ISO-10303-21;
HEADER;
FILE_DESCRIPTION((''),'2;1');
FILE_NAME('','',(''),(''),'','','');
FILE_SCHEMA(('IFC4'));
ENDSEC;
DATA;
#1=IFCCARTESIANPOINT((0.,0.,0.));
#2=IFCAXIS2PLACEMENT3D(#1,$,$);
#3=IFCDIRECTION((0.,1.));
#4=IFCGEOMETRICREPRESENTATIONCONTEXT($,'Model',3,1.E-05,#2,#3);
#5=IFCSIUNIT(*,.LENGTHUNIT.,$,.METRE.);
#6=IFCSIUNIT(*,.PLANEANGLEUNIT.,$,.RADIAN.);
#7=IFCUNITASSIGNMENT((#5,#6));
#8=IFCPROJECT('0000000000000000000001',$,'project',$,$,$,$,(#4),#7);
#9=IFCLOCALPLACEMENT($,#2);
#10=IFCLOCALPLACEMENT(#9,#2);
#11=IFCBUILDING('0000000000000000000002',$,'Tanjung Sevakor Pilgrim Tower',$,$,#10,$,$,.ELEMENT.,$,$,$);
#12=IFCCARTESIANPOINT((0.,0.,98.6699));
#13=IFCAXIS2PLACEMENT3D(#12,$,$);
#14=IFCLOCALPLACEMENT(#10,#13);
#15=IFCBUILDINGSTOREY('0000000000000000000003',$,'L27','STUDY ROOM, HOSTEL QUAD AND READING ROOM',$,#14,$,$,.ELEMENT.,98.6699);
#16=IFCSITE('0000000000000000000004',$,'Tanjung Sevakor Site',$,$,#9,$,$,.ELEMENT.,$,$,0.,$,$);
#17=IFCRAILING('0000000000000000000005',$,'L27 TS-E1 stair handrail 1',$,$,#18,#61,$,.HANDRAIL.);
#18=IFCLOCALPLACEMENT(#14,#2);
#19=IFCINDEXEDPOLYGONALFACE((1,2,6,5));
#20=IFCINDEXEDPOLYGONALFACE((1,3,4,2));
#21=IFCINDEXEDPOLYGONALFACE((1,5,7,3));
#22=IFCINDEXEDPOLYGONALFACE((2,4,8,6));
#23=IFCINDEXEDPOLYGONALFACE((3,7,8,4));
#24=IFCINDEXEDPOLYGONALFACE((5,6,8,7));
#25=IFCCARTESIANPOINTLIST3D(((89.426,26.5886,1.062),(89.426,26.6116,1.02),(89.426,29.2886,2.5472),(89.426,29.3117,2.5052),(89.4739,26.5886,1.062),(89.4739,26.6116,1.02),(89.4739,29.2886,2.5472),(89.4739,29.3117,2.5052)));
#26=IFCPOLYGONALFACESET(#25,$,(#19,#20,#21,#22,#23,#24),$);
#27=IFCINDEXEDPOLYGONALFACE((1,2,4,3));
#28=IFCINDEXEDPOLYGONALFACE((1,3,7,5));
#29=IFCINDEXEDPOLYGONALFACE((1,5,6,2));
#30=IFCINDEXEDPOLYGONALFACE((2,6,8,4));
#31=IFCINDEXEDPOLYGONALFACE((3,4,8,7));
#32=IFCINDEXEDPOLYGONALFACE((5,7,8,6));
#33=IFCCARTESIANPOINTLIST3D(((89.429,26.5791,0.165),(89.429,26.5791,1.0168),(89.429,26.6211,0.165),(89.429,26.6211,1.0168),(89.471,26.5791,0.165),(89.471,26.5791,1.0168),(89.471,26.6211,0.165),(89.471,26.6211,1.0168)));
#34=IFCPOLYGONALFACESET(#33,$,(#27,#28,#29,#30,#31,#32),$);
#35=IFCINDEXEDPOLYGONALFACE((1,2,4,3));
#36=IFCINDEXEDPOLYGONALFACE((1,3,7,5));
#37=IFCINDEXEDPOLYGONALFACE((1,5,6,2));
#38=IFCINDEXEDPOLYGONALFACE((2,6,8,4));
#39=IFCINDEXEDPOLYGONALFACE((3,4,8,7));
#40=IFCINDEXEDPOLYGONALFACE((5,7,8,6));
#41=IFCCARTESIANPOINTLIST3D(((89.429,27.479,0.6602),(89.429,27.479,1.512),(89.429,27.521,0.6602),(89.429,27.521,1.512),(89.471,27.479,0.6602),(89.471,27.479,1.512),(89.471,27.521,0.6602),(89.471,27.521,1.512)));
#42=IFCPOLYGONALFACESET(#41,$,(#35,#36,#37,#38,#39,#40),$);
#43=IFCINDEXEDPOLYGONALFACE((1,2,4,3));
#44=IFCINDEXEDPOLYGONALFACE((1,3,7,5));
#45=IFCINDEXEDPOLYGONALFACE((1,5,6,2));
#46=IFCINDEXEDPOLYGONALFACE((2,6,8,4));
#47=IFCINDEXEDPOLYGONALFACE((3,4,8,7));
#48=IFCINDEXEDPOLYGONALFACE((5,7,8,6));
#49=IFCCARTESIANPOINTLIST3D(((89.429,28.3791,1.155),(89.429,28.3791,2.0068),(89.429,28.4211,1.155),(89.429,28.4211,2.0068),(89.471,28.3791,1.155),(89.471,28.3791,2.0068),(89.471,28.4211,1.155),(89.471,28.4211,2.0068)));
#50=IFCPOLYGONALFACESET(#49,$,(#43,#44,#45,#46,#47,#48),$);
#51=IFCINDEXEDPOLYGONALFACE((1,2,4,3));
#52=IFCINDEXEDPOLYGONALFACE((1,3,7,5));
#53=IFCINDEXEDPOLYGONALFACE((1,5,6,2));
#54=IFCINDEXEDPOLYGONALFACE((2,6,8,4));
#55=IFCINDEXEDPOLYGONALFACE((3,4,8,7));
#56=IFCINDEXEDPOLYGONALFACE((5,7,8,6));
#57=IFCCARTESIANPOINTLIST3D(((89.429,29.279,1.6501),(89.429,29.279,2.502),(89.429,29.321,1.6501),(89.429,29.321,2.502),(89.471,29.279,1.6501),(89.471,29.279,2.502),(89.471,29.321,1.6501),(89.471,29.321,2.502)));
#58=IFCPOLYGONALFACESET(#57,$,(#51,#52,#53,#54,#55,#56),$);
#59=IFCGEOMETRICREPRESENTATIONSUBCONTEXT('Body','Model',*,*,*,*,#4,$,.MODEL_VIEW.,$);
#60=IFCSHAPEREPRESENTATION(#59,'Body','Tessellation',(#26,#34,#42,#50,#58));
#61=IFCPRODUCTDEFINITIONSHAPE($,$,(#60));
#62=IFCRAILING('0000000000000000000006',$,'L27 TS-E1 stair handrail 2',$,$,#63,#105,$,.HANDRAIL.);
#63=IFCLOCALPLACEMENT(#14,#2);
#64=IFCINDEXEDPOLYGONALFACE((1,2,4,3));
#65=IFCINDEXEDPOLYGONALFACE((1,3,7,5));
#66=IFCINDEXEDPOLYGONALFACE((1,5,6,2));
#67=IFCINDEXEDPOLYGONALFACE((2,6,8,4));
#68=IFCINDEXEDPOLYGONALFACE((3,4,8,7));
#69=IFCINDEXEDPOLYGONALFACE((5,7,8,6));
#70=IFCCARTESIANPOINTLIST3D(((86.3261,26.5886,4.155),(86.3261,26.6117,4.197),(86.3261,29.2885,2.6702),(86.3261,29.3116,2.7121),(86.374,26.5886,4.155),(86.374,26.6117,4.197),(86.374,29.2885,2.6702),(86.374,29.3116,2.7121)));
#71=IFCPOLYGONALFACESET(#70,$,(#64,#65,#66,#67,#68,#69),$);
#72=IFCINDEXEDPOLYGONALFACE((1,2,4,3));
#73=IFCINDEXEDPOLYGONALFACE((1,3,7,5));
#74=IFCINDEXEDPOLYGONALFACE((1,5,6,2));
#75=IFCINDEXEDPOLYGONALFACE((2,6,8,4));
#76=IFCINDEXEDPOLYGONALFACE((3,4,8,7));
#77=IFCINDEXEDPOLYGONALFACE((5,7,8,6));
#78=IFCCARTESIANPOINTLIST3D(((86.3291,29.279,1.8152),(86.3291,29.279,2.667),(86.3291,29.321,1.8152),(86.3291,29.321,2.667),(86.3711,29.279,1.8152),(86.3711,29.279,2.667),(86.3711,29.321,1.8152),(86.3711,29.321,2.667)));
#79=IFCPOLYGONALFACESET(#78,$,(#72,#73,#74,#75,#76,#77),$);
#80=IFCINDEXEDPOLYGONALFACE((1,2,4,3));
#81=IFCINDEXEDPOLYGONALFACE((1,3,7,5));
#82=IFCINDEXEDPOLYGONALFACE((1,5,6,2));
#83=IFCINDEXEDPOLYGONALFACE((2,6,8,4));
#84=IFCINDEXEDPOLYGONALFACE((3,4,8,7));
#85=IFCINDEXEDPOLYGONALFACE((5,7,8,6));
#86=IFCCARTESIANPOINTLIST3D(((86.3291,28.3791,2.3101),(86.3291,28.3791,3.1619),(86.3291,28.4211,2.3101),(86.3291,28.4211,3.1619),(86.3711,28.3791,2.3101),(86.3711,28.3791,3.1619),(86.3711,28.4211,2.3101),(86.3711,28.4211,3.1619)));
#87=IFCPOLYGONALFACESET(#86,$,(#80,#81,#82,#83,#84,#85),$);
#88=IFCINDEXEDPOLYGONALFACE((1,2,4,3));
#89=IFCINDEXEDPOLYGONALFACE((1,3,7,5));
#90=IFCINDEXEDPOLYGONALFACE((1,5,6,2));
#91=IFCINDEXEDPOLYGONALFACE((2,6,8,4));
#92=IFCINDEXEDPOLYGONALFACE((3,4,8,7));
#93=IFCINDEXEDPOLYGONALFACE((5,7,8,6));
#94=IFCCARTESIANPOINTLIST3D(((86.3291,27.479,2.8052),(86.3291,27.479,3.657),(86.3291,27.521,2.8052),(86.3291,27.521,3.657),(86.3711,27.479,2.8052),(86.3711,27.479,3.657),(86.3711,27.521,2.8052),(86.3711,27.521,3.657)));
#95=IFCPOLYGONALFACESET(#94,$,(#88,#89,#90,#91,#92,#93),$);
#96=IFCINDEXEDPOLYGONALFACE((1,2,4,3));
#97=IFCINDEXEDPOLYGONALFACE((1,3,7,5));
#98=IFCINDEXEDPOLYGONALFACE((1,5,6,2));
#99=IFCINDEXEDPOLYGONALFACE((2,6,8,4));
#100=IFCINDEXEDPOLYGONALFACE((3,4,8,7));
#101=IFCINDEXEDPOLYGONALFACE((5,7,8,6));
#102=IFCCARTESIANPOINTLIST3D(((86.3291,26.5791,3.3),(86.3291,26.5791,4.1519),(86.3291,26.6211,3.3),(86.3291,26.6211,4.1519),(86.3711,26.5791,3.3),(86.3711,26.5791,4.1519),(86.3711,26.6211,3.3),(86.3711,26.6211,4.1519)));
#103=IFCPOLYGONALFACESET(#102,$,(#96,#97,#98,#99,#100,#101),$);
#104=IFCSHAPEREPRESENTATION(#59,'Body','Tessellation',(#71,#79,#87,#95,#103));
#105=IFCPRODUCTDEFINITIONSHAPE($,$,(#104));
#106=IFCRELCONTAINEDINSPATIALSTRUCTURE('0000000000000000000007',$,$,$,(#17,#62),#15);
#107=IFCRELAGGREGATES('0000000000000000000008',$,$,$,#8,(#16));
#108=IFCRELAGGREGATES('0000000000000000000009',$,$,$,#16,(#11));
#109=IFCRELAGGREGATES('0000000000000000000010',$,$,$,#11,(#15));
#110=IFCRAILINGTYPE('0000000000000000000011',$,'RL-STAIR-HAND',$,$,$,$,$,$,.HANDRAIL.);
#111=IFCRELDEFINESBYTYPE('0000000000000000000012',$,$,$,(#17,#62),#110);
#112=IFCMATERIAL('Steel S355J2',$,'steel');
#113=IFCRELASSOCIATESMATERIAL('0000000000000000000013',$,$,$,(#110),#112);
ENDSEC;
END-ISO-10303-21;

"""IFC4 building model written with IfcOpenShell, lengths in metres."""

from ifc_helpers import new_model, si_unit, direction, frame, origin, place, context, subcontext, project, spatial, rectangle, extrude, material, type_object, element, save


model = new_model("IFC4")

# Units and contexts
model_context = context("Model", 3, precision=1e-05, world=origin(), true_north=direction((0.0, 1.0)))
body_context = subcontext(model_context, "Body", "Model", "MODEL_VIEW")
ifc_project = project(units=[si_unit("LENGTHUNIT", "METRE"), si_unit("PLANEANGLEUNIT", "RADIAN")], contexts=[model_context])

# Site, building, storey
site_placement = place(None, origin())
site = spatial("IfcSite", under=ifc_project, at=site_placement, Name="Tanjung Sevakor Site", CompositionType="ELEMENT", RefElevation=0.0)
building_placement = place(site_placement, origin())
building = spatial("IfcBuilding", under=site, at=building_placement, Name="Tanjung Sevakor Pilgrim Tower", CompositionType="ELEMENT")
storey_placement = place(building_placement, frame((0.0, 0.0, 98.6699)))
storey = spatial("IfcBuildingStorey", under=building, at=storey_placement, Name="L27", Description="STUDY ROOM, HOSTEL QUAD AND READING ROOM", CompositionType="ELEMENT", Elevation=98.6699)

# Railings
ifc_material_1 = material(Name="Steel S355J2", Category="steel")
railing_type_1 = type_object("IfcRailingType", Name="RL-STAIR-HAND", PredefinedType="HANDRAIL", material=ifc_material_1)
railing_1_placement = place(storey_placement, frame((89.45, 26.6001, 0.165)))
element("IfcRailing", 1, at=railing_1_placement, inside=storey, type_object=railing_type_1, Name="L27 TS-E1 stair handrail 1", PredefinedType="HANDRAIL", context=body_context, shape_type="SweptSolid", body=[
    extrude(rectangle(XDim=0.0479, YDim=0.0479), frame((0.0, 0.0, 0.876), z_axis=(0.0, 0.876198, 0.481952), x_axis=(-1.0, 0.0, 0.0)), (0.0, 0.0, 1.0), 3.0815),
    extrude(rectangle(XDim=0.042, YDim=0.042), origin(), (0.0, 0.0, 1.0), 0.8518),
    extrude(rectangle(XDim=0.042, YDim=0.042), frame((0.0, 0.8999, 0.4951)), (0.0, 0.0, 1.0), 0.8518),
    extrude(rectangle(XDim=0.042, YDim=0.042), frame((0.0, 1.8, 0.99)), (0.0, 0.0, 1.0), 0.8518),
    extrude(rectangle(XDim=0.042, YDim=0.042), frame((0.0, 2.7, 1.4851)), (0.0, 0.0, 1.0), 0.8518),
])
railing_2_placement = place(storey_placement, frame((86.3501, 29.3, 1.8152)))
element("IfcRailing", 2, at=railing_2_placement, inside=storey, type_object=railing_type_1, Name="L27 TS-E1 stair handrail 2", PredefinedType="HANDRAIL", context=body_context, shape_type="SweptSolid", body=[
    extrude(rectangle(XDim=0.0479, YDim=0.0479), frame((0.0, 0.0, 0.876), z_axis=(0.0, -0.876231, 0.481891), x_axis=(1.0, 0.0, 0.0)), (0.0, 0.0, 1.0), 3.0813),
    extrude(rectangle(XDim=0.042, YDim=0.042), origin(), (0.0, 0.0, 1.0), 0.8518),
    extrude(rectangle(XDim=0.042, YDim=0.042), frame((0.0, -0.8999, 0.4949)), (0.0, 0.0, 1.0), 0.8518),
    extrude(rectangle(XDim=0.042, YDim=0.042), frame((0.0, -1.8, 0.99)), (0.0, 0.0, 1.0), 0.8518),
    extrude(rectangle(XDim=0.042, YDim=0.042), frame((0.0, -2.7, 1.4849)), (0.0, 0.0, 1.0), 0.8518),
])

save(model, "model.ifc")
